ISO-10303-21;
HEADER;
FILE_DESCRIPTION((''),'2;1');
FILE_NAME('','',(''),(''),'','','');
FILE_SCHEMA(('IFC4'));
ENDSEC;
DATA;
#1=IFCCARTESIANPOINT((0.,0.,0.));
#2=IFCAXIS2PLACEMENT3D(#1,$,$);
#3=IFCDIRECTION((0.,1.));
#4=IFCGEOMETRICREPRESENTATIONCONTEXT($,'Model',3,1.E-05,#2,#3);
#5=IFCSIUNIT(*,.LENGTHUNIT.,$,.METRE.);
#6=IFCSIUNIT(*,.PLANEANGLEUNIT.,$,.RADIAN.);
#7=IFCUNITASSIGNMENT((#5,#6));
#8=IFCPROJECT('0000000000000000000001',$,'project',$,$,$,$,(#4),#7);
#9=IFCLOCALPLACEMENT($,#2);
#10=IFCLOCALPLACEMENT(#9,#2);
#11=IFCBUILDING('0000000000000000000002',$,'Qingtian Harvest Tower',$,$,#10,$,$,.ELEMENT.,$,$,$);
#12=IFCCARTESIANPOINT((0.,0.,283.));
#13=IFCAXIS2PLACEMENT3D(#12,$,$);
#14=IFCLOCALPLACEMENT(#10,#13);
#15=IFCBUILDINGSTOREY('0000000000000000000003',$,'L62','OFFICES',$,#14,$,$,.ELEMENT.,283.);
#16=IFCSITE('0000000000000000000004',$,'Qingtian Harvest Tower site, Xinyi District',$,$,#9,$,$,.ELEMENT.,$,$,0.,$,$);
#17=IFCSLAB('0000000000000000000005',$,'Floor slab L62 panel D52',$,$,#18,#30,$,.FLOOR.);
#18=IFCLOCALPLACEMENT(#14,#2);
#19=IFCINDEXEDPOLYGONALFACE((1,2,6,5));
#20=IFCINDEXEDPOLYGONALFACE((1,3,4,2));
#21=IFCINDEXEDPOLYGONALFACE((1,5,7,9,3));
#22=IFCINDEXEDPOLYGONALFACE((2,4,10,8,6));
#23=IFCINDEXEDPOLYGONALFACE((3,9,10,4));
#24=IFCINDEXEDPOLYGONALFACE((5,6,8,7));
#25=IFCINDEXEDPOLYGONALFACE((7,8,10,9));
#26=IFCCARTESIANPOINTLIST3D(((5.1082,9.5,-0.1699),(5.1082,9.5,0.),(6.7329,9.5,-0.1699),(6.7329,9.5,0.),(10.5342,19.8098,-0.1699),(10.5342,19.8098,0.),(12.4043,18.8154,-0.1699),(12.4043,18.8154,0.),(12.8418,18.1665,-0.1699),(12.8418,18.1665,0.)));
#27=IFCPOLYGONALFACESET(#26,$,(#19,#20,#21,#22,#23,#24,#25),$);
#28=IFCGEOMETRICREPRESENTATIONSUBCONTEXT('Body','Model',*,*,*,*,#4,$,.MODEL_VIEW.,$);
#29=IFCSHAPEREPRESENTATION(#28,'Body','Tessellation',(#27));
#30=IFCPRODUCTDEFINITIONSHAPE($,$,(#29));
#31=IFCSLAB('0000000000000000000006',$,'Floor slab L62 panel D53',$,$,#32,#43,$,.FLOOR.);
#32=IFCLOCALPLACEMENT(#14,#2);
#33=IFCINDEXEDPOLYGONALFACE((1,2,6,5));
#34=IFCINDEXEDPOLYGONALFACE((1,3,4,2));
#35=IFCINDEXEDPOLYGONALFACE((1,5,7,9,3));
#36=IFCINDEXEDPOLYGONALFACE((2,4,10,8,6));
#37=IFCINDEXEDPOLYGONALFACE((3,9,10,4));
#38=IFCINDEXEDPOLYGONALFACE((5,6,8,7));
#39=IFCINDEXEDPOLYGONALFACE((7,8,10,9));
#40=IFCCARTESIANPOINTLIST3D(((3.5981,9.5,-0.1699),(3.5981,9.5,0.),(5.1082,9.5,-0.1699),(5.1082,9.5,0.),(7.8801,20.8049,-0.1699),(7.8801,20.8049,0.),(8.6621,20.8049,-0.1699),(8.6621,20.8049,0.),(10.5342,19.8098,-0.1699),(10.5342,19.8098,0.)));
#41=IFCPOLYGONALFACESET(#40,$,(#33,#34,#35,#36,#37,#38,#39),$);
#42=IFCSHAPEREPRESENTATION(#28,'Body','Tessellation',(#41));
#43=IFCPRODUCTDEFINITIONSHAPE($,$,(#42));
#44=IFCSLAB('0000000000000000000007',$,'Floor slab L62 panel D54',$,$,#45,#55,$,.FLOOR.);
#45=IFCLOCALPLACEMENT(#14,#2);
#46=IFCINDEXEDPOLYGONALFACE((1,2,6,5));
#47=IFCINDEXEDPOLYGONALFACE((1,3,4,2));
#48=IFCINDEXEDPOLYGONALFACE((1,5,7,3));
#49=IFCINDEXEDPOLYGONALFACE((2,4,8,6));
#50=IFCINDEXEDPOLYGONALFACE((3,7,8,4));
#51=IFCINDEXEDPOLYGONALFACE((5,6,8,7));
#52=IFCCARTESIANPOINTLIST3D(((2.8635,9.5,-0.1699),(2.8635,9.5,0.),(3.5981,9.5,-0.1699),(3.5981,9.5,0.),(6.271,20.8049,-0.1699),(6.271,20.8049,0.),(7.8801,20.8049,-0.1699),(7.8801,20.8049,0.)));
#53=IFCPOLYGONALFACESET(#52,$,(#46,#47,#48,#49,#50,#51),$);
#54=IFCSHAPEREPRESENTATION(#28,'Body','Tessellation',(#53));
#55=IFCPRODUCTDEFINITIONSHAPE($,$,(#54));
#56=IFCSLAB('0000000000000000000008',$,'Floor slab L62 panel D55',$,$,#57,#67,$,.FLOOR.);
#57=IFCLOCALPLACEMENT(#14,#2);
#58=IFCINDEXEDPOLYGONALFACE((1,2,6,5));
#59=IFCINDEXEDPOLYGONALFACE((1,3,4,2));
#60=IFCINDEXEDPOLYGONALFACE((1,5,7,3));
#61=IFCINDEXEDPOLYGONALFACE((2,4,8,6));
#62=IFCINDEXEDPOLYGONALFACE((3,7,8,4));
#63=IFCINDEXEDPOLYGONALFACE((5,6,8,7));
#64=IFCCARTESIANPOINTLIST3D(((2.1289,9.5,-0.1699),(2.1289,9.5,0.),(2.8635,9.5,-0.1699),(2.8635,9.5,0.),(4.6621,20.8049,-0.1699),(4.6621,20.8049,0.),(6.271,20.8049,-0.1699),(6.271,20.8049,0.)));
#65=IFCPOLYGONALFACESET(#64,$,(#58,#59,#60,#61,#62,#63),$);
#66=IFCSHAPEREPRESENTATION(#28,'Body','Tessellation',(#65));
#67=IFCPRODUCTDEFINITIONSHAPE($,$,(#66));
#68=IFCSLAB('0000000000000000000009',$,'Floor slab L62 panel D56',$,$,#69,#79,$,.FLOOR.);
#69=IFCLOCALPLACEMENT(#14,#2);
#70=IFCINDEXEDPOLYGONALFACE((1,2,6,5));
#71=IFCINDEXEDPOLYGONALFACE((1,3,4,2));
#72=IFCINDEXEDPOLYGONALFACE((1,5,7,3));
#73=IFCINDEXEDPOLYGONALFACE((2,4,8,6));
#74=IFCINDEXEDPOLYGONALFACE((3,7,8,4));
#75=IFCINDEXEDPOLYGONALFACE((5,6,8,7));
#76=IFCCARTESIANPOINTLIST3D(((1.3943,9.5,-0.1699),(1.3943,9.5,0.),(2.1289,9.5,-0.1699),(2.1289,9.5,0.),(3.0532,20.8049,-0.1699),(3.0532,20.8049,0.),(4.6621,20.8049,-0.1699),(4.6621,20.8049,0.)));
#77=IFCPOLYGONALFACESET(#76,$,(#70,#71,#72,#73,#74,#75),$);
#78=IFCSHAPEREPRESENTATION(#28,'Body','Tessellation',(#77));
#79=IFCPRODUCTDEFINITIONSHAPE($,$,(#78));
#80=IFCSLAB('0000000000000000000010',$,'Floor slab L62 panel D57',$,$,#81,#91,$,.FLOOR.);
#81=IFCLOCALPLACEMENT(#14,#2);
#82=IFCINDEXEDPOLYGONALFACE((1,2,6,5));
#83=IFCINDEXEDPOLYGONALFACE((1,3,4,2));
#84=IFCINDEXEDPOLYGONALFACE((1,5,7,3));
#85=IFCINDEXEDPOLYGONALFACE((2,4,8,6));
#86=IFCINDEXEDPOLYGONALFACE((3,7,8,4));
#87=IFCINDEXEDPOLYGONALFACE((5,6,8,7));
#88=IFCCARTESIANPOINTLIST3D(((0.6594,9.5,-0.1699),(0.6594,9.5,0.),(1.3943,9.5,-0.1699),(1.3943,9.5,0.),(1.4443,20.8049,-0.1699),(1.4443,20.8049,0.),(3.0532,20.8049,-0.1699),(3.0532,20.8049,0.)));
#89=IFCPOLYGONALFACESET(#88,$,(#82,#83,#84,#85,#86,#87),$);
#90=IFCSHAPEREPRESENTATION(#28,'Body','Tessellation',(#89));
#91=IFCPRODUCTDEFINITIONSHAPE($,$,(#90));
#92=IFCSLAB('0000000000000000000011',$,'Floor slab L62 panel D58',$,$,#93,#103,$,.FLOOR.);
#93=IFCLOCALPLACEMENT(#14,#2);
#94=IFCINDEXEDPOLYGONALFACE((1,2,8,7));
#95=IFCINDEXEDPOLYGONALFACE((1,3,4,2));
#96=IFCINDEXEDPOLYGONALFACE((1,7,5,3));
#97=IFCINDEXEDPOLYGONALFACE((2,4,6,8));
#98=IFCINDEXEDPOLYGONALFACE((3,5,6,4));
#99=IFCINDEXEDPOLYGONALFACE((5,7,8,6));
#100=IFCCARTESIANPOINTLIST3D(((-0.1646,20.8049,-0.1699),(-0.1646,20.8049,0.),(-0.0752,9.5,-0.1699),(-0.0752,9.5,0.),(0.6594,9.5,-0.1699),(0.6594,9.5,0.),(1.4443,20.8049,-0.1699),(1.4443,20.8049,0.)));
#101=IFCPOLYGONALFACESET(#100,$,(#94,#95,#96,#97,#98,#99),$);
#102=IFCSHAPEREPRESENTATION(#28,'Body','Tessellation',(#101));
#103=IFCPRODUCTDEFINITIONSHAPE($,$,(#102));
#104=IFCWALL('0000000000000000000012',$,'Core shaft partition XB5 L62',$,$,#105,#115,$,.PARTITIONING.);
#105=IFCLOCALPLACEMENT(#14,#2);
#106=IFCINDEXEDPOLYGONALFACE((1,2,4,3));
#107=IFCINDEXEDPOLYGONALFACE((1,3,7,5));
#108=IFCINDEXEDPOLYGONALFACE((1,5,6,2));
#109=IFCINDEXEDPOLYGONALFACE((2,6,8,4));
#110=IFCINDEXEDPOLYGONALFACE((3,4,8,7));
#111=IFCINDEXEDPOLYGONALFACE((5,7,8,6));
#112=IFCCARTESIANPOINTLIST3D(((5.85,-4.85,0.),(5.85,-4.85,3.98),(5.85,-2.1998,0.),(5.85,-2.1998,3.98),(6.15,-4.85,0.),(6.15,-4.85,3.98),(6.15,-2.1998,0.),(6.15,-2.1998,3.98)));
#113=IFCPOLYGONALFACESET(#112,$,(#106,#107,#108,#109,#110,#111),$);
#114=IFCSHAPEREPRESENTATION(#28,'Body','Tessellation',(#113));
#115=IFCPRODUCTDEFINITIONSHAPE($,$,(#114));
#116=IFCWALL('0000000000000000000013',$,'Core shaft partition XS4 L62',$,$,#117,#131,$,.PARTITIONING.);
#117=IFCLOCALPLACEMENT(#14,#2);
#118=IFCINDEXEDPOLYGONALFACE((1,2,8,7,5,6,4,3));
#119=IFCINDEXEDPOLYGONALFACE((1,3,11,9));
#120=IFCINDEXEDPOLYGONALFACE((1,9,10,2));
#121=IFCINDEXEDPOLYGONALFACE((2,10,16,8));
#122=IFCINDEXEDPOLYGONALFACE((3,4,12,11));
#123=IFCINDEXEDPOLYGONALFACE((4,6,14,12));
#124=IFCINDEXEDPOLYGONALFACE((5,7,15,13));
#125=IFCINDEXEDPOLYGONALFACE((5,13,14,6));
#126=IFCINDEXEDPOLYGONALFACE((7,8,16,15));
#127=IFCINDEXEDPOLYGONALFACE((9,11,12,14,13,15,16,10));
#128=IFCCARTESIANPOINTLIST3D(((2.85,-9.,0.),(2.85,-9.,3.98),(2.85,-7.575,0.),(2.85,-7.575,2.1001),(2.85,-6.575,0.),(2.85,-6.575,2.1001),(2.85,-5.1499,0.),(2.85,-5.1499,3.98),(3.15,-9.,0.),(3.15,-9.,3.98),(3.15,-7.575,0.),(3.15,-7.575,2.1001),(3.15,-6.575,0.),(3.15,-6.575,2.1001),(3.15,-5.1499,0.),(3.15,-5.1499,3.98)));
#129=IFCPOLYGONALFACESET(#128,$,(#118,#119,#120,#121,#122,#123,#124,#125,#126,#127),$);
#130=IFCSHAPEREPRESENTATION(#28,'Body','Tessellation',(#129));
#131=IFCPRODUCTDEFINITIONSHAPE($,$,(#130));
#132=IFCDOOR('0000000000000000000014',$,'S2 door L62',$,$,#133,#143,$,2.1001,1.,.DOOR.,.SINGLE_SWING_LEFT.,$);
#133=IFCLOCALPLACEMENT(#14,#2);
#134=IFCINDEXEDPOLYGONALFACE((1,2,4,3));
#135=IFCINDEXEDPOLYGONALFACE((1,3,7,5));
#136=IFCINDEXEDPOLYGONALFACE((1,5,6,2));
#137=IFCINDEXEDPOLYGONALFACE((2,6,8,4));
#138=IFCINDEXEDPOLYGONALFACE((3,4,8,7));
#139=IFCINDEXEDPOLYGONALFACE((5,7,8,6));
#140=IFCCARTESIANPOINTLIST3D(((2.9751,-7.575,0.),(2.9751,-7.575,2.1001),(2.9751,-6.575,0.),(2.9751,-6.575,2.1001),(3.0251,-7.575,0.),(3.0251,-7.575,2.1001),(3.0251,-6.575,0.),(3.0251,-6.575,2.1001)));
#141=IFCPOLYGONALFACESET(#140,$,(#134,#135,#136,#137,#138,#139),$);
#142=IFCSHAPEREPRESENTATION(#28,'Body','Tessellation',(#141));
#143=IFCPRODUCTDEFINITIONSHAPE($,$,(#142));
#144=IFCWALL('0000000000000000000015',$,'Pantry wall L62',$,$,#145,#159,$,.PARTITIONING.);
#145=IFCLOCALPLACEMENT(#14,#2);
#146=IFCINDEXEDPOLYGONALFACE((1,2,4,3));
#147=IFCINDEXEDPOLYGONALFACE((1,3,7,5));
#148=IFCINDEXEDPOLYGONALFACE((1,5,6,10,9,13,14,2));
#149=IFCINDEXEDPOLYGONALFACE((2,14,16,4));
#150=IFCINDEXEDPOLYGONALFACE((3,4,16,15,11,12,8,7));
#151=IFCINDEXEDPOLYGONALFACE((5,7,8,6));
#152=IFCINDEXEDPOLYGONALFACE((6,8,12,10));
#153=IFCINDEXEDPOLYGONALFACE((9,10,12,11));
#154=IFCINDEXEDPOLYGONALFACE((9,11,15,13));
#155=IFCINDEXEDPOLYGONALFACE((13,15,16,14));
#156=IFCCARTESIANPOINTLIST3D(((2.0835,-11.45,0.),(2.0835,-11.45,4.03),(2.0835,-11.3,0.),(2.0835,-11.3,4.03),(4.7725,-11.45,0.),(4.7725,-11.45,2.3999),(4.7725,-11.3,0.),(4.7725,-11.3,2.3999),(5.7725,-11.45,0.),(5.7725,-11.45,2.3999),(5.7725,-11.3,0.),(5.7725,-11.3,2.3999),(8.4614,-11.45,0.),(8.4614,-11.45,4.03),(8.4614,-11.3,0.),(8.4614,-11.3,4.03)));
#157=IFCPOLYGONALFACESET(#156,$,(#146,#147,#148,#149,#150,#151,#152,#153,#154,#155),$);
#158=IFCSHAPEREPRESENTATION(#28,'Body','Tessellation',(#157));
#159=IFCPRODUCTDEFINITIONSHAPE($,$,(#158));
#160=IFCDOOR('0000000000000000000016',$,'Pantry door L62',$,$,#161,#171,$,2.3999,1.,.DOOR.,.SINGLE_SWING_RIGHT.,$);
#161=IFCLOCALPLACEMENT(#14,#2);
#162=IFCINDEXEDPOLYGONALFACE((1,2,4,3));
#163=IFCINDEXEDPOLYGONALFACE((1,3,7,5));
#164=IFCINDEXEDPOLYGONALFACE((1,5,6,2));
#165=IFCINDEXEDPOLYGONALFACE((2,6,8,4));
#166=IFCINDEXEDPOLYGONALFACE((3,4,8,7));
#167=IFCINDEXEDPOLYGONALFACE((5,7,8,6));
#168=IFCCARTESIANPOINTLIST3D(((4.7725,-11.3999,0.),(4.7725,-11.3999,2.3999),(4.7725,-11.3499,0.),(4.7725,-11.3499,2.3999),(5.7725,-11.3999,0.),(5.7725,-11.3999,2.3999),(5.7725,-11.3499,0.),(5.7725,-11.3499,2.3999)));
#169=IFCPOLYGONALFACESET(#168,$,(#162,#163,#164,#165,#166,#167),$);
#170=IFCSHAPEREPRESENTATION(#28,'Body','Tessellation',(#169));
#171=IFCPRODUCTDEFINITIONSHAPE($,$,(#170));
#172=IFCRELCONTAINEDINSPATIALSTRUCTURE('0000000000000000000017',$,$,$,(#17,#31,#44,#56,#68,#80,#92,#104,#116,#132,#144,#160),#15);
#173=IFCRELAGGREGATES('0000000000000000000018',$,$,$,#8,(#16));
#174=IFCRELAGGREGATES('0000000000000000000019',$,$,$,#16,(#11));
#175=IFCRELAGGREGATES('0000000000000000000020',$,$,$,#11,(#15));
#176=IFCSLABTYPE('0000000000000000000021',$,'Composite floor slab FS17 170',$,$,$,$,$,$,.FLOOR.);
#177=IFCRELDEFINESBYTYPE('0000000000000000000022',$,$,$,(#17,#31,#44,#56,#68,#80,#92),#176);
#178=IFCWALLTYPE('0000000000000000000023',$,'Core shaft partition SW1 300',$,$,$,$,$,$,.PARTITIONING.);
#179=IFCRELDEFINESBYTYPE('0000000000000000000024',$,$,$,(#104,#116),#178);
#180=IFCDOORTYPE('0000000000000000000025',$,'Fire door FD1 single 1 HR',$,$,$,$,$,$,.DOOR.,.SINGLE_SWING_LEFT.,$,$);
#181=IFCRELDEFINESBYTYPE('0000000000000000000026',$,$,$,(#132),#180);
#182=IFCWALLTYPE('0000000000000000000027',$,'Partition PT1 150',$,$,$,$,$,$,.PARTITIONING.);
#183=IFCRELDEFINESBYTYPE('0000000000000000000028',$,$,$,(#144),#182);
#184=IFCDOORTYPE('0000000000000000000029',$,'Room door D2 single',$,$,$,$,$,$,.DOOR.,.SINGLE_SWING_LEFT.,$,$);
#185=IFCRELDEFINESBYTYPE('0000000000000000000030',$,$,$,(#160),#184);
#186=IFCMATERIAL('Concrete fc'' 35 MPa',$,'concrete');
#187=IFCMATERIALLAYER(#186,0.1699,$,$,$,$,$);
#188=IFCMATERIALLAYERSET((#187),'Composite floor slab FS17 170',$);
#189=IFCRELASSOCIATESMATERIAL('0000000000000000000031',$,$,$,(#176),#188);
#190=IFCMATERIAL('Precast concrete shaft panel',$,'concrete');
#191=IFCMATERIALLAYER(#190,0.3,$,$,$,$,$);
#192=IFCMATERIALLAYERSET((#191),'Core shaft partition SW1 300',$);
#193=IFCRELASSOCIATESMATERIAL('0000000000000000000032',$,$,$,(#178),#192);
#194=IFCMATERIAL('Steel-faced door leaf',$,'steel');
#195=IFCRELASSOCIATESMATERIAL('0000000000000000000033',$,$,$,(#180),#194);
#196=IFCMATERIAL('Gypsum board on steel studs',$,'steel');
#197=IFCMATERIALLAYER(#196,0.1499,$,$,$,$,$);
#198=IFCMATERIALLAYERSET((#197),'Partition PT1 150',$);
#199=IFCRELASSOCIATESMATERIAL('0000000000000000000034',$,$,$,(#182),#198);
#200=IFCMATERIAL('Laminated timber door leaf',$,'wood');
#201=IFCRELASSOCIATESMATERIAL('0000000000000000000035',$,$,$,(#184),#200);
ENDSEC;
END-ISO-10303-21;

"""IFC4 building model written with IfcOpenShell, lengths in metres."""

from ifc_helpers import new_model, si_unit, direction, frame, frame_2d, origin, place, context, subcontext, project, spatial, polyline, rectangle, outline, extrude, material, layer, layer_set, type_object, element, fill, save


model = new_model("IFC4")

# Units and contexts
model_context = context("Model", 3, precision=1e-05, world=origin(), true_north=direction((0.0, 1.0)))
body_context = subcontext(model_context, "Body", "Model", "MODEL_VIEW")
ifc_project = project(units=[si_unit("LENGTHUNIT", "METRE"), si_unit("PLANEANGLEUNIT", "RADIAN")], contexts=[model_context])

# Site, building, storey
site_placement = place(None, origin())
site = spatial("IfcSite", under=ifc_project, at=site_placement, Name="Qingtian Harvest Tower site, Xinyi District", CompositionType="ELEMENT", RefElevation=0.0)
building_placement = place(site_placement, origin())
building = spatial("IfcBuilding", under=site, at=building_placement, Name="Qingtian Harvest Tower", CompositionType="ELEMENT")
storey_placement = place(building_placement, frame((0.0, 0.0, 283.0)))
storey = spatial("IfcBuildingStorey", under=building, at=storey_placement, Name="L62", Description="OFFICES", CompositionType="ELEMENT", Elevation=283.0)

# Slabs
ifc_material_1 = material(Name="Concrete fc' 35 MPa", Category="concrete")
ifc_layer_1 = layer(ifc_material_1, 0.1699)
ifc_layer_set_1 = layer_set([ifc_layer_1], Name="Composite floor slab FS17 170")
slab_type = type_object("IfcSlabType", Name="Composite floor slab FS17 170", PredefinedType="FLOOR", material=ifc_layer_set_1)
slab_1_placement = place(storey_placement, frame((0.0, 0.0, -0.1699)))
element("IfcSlab", 1, at=slab_1_placement, inside=storey, type_object=slab_type, Name="Floor slab L62 panel D52", PredefinedType="FLOOR", context=body_context, shape_type="SweptSolid", body=[
    extrude(outline(polyline([(6.7329, 9.5), (5.1082, 9.5), (10.5342, 19.8098), (12.4043, 18.8154), (12.8418, 18.1665), (6.7329, 9.5)])), origin(), (0.0, 0.0, 1.0), 0.1699),
])
slab_2_placement = place(storey_placement, frame((0.0, 0.0, -0.1699)))
element("IfcSlab", 2, at=slab_2_placement, inside=storey, type_object=slab_type, Name="Floor slab L62 panel D53", PredefinedType="FLOOR", context=body_context, shape_type="SweptSolid", body=[
    extrude(outline(polyline([(3.5981, 9.5), (7.8801, 20.8049), (8.6621, 20.8049), (10.5342, 19.8098), (5.1082, 9.5), (3.5981, 9.5)])), origin(), (0.0, 0.0, 1.0), 0.1699),
])
slab_3_placement = place(storey_placement, frame((0.0, 0.0, -0.1699)))
element("IfcSlab", 3, at=slab_3_placement, inside=storey, type_object=slab_type, Name="Floor slab L62 panel D54", PredefinedType="FLOOR", context=body_context, shape_type="SweptSolid", body=[
    extrude(outline(polyline([(2.8635, 9.5), (6.271, 20.8049), (7.8801, 20.8049), (3.5981, 9.5), (2.8635, 9.5)])), origin(), (0.0, 0.0, 1.0), 0.1699),
])
slab_4_placement = place(storey_placement, frame((0.0, 0.0, -0.1699)))
element("IfcSlab", 4, at=slab_4_placement, inside=storey, type_object=slab_type, Name="Floor slab L62 panel D55", PredefinedType="FLOOR", context=body_context, shape_type="SweptSolid", body=[
    extrude(outline(polyline([(2.1289, 9.5), (4.6621, 20.8049), (6.271, 20.8049), (2.8635, 9.5), (2.1289, 9.5)])), origin(), (0.0, 0.0, 1.0), 0.1699),
])
slab_5_placement = place(storey_placement, frame((0.0, 0.0, -0.1699)))
element("IfcSlab", 5, at=slab_5_placement, inside=storey, type_object=slab_type, Name="Floor slab L62 panel D56", PredefinedType="FLOOR", context=body_context, shape_type="SweptSolid", body=[
    extrude(outline(polyline([(1.3943, 9.5), (3.0532, 20.8049), (4.6621, 20.8049), (2.1289, 9.5), (1.3943, 9.5)])), origin(), (0.0, 0.0, 1.0), 0.1699),
])
slab_6_placement = place(storey_placement, frame((0.0, 0.0, -0.1699)))
element("IfcSlab", 6, at=slab_6_placement, inside=storey, type_object=slab_type, Name="Floor slab L62 panel D57", PredefinedType="FLOOR", context=body_context, shape_type="SweptSolid", body=[
    extrude(outline(polyline([(0.6594, 9.5), (1.4443, 20.8049), (3.0532, 20.8049), (1.3943, 9.5), (0.6594, 9.5)])), origin(), (0.0, 0.0, 1.0), 0.1699),
])
slab_7_placement = place(storey_placement, frame((0.0, 0.0, -0.1699)))
element("IfcSlab", 7, at=slab_7_placement, inside=storey, type_object=slab_type, Name="Floor slab L62 panel D58", PredefinedType="FLOOR", context=body_context, shape_type="SweptSolid", body=[
    extrude(outline(polyline([(-0.0752, 9.5), (-0.1646, 20.8049), (1.4443, 20.8049), (0.6594, 9.5), (-0.0752, 9.5)])), origin(), (0.0, 0.0, 1.0), 0.1699),
])

# Wall
ifc_material_2 = material(Name="Precast concrete shaft panel", Category="concrete")
ifc_layer_2 = layer(ifc_material_2, 0.3)
ifc_layer_set_2 = layer_set([ifc_layer_2], Name="Core shaft partition SW1 300")
wall_type_1 = type_object("IfcWallType", Name="Core shaft partition SW1 300", PredefinedType="PARTITIONING", material=ifc_layer_set_2)
wall_1_placement = place(storey_placement, frame((6.0, -4.8501, 0.0), z_axis=(0.0, 0.0, 1.0), x_axis=(0.0, 1.0, 0.0)))
element("IfcWall", 8, at=wall_1_placement, inside=storey, type_object=wall_type_1, Name="Core shaft partition XB5 L62", PredefinedType="PARTITIONING", context=body_context, shape_type="SweptSolid", body=[
    extrude(rectangle(XDim=2.6501, YDim=0.3, at=frame_2d((1.3252, 0.0))), origin(), (0.0, 0.0, 1.0), 3.98),
])

# Walls, openings, doors
wall_2_placement = place(storey_placement, frame((3.0, -9.0, 0.0), z_axis=(0.0, 0.0, 1.0), x_axis=(0.0, 1.0, 0.0)))
wall_2 = element("IfcWall", 9, at=wall_2_placement, inside=storey, type_object=wall_type_1, Name="Core shaft partition XS4 L62", PredefinedType="PARTITIONING", context=body_context, shape_type="SweptSolid", body=[
    extrude(rectangle(XDim=3.8501, YDim=0.3, at=frame_2d((1.925, 0.0))), origin(), (0.0, 0.0, 1.0), 3.98),
])
opening_1_placement = place(wall_2_placement, frame((1.425, 0.0, 0.0)))
opening_1 = element("IfcOpeningElement", 10, at=opening_1_placement, cuts=wall_2, PredefinedType="OPENING", context=body_context, shape_type="SweptSolid", body=[
    extrude(rectangle(XDim=1.0, YDim=2.1001, at=frame_2d((0.5, 1.05))), frame((0.0, 0.1599, 0.0), z_axis=(0.0, -1.0, 0.0), x_axis=(1.0, 0.0, 0.0)), (0.0, 0.0, 1.0), 0.3201),
])
ifc_material_3 = material(Name="Steel-faced door leaf", Category="steel")
door_type_1 = type_object("IfcDoorType", Name="Fire door FD1 single 1 HR", OperationType="SINGLE_SWING_LEFT", PredefinedType="DOOR", material=ifc_material_3)
door_1_placement = place(opening_1_placement, origin())
door_1 = element("IfcDoor", 11, at=door_1_placement, inside=storey, type_object=door_type_1, Name="S2 door L62", OperationType="SINGLE_SWING_LEFT", OverallHeight=2.1001, OverallWidth=1.0, PredefinedType="DOOR", context=body_context, shape_type="SweptSolid", body=[
    extrude(rectangle(XDim=1.0, YDim=2.1001, at=frame_2d((0.5, 1.05))), frame((0.0, 0.0249, 0.0), z_axis=(0.0, -1.0, 0.0), x_axis=(1.0, 0.0, 0.0)), (0.0, 0.0, 1.0), 0.05),
])
fill(opening_1, door_1)
ifc_material_4 = material(Name="Gypsum board on steel studs", Category="steel")
ifc_layer_3 = layer(ifc_material_4, 0.1499)
ifc_layer_set_3 = layer_set([ifc_layer_3], Name="Partition PT1 150")
wall_type_2 = type_object("IfcWallType", Name="Partition PT1 150", PredefinedType="PARTITIONING", material=ifc_layer_set_3)
wall_3_placement = place(storey_placement, frame((8.4614, -11.375, 0.0), z_axis=(0.0, 0.0, 1.0), x_axis=(-1.0, 0.0, 0.0)))
wall_3 = element("IfcWall", 12, at=wall_3_placement, inside=storey, type_object=wall_type_2, Name="Pantry wall L62", PredefinedType="PARTITIONING", context=body_context, shape_type="SweptSolid", body=[
    extrude(rectangle(XDim=6.3779, YDim=0.1499, at=frame_2d((3.189, 0.0))), origin(), (0.0, 0.0, 1.0), 4.03),
])
opening_2_placement = place(wall_3_placement, frame((2.689, 0.0, 0.0)))
opening_2 = element("IfcOpeningElement", 13, at=opening_2_placement, cuts=wall_3, PredefinedType="OPENING", context=body_context, shape_type="SweptSolid", body=[
    extrude(rectangle(XDim=1.0, YDim=2.3999, at=frame_2d((0.5, 1.2))), frame((0.0, 0.085, 0.0), z_axis=(0.0, -1.0, 0.0), x_axis=(1.0, 0.0, 0.0)), (0.0, 0.0, 1.0), 0.1699),
])
ifc_material_5 = material(Name="Laminated timber door leaf", Category="wood")
door_type_2 = type_object("IfcDoorType", Name="Room door D2 single", OperationType="SINGLE_SWING_LEFT", PredefinedType="DOOR", material=ifc_material_5)
door_2_placement = place(opening_2_placement, origin())
door_2 = element("IfcDoor", 14, at=door_2_placement, inside=storey, type_object=door_type_2, Name="Pantry door L62", OperationType="SINGLE_SWING_RIGHT", OverallHeight=2.3999, OverallWidth=1.0, PredefinedType="DOOR", context=body_context, shape_type="SweptSolid", body=[
    extrude(rectangle(XDim=1.0, YDim=2.3999, at=frame_2d((0.5, 1.2))), frame((0.0, 0.0249, 0.0), z_axis=(0.0, -1.0, 0.0), x_axis=(1.0, 0.0, 0.0)), (0.0, 0.0, 1.0), 0.05),
])
fill(opening_2, door_2)

save(model, "model.ifc")
